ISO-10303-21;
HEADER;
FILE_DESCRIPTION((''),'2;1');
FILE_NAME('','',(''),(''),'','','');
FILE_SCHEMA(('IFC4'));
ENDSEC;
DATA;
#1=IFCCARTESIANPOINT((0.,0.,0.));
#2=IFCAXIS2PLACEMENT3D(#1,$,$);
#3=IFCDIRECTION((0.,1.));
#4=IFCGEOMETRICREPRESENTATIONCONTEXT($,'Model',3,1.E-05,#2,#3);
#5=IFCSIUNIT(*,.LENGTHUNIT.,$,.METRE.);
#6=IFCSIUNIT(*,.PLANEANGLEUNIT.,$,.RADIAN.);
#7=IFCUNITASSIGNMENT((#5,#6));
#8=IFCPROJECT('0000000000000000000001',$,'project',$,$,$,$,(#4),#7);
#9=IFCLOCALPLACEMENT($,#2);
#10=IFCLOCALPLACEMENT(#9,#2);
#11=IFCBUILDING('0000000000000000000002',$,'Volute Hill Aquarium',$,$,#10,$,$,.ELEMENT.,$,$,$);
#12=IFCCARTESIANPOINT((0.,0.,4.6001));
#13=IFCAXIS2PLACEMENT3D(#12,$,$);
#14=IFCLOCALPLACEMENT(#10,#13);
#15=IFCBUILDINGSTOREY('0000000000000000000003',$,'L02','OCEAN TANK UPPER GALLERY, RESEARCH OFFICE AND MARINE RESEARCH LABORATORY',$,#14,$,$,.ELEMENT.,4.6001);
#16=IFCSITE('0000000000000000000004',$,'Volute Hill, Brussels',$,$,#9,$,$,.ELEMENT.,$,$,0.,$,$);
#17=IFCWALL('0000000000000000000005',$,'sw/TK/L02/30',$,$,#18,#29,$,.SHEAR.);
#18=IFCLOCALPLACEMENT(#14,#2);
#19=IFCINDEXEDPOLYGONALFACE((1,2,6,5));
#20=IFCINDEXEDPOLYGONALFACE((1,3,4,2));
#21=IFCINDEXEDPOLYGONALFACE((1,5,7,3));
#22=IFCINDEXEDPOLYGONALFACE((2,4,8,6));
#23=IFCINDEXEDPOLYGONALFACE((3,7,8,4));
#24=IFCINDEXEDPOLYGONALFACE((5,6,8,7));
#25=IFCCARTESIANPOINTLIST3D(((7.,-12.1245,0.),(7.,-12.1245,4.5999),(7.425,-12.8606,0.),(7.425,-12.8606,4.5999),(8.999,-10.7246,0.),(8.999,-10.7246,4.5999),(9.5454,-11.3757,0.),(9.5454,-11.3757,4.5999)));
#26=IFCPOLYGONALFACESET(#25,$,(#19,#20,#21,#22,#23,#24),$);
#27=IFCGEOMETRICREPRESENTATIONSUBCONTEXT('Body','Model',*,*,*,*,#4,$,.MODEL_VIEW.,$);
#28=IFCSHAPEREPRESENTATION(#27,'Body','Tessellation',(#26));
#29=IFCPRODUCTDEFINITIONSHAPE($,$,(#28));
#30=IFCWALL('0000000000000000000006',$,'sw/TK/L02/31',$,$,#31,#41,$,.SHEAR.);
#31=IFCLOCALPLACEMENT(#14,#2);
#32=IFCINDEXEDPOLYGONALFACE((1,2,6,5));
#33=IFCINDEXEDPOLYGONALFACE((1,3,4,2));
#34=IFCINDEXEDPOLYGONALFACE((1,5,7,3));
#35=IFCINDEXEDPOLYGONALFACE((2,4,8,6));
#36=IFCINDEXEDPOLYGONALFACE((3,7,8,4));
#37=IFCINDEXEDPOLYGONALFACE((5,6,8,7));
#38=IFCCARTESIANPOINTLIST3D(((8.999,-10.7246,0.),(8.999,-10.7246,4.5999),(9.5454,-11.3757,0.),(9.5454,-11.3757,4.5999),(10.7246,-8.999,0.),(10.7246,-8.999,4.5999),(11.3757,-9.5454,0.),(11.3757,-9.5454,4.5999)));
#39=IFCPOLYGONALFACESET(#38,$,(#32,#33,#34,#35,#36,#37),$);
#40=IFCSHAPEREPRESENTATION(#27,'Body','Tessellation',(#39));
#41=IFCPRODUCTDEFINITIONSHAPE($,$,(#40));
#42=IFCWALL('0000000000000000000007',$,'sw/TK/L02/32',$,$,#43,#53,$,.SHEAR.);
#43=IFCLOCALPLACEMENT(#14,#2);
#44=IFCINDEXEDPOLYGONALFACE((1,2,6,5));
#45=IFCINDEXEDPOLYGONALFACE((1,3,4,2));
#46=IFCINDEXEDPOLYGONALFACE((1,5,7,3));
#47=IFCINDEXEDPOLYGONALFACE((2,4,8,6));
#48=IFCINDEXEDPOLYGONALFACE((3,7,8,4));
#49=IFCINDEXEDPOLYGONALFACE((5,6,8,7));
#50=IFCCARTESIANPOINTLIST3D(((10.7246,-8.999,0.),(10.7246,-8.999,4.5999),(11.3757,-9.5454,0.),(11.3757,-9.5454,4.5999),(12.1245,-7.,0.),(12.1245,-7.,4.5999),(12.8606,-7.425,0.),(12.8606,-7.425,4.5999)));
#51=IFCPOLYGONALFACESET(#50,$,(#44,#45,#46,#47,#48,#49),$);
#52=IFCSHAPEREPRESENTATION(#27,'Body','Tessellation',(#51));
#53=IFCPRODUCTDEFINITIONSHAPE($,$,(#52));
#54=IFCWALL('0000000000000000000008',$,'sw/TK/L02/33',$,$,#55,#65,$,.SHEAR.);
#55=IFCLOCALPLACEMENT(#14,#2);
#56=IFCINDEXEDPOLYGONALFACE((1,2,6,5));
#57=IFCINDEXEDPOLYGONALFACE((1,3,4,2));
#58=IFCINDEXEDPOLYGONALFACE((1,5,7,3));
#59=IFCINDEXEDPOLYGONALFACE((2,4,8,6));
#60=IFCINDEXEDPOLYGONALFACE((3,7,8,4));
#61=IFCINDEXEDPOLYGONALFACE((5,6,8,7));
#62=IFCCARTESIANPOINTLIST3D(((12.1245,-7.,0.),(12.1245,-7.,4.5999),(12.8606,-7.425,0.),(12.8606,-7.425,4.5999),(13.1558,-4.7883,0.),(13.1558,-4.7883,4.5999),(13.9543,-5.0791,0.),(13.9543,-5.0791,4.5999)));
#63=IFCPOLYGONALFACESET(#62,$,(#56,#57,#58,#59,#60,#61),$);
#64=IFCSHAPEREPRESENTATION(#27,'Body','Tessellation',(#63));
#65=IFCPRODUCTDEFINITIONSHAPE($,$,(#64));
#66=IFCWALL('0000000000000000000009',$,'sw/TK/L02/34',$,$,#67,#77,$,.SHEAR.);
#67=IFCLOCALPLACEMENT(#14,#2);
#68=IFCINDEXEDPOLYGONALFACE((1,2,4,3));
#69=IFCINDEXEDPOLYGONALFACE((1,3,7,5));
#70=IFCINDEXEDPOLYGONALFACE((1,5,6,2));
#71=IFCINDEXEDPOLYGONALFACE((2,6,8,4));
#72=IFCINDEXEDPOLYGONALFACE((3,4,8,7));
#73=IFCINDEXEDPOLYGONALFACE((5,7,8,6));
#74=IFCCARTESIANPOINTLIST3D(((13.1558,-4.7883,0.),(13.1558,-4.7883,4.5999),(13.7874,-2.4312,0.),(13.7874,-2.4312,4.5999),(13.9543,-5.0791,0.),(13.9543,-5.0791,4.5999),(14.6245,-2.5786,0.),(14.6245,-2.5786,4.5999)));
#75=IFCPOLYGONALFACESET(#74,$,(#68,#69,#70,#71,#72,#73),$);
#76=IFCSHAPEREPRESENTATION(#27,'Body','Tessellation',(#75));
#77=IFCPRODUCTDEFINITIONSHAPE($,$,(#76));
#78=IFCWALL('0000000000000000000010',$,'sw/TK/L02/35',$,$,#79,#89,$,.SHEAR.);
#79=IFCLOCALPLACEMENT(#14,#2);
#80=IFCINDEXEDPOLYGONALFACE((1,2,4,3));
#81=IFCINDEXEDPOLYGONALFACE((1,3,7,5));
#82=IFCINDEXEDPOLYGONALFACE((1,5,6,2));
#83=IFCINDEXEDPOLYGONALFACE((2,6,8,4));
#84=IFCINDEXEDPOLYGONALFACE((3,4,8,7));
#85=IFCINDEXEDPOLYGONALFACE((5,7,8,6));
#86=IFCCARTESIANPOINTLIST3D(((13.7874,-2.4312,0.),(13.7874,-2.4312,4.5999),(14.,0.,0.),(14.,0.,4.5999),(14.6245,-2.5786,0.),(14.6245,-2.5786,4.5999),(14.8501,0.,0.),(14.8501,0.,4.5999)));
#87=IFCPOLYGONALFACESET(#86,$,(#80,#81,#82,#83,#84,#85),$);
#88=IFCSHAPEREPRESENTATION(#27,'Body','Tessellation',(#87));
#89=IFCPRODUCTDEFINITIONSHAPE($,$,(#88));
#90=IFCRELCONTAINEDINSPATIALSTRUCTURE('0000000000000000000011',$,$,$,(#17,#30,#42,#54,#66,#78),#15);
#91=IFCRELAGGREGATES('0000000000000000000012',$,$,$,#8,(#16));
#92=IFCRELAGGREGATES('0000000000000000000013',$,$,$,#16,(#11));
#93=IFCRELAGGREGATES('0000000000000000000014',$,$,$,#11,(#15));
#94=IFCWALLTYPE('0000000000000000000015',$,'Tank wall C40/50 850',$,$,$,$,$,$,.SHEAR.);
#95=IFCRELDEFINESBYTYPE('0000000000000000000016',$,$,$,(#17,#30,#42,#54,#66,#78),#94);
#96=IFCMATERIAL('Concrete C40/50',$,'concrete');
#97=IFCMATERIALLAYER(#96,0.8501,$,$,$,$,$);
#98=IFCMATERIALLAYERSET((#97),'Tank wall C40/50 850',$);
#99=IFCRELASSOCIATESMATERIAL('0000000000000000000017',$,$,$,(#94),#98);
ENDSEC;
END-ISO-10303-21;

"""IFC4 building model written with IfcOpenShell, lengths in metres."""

from ifc_helpers import new_model, si_unit, direction, frame, origin, place, context, subcontext, project, spatial, polyline, outline, extrude, material, layer, layer_set, type_object, element, save


model = new_model("IFC4")

# Units and contexts
model_context = context("Model", 3, precision=1e-05, world=origin(), true_north=direction((0.0, 1.0)))
body_context = subcontext(model_context, "Body", "Model", "MODEL_VIEW")
ifc_project = project(units=[si_unit("LENGTHUNIT", "METRE"), si_unit("PLANEANGLEUNIT", "RADIAN")], contexts=[model_context])

# Site, building, storey
site_placement = place(None, origin())
site = spatial("IfcSite", under=ifc_project, at=site_placement, Name="Volute Hill, Brussels", CompositionType="ELEMENT", RefElevation=0.0)
building_placement = place(site_placement, origin())
building = spatial("IfcBuilding", under=site, at=building_placement, Name="Volute Hill Aquarium", CompositionType="ELEMENT")
storey_placement = place(building_placement, frame((0.0, 0.0, 4.6001)))
storey = spatial("IfcBuildingStorey", under=building, at=storey_placement, Name="L02", Description="OCEAN TANK UPPER GALLERY, RESEARCH OFFICE AND MARINE RESEARCH LABORATORY", CompositionType="ELEMENT", Elevation=4.6001)

# Walls
ifc_material_1 = material(Name="Concrete C40/50", Category="concrete")
ifc_layer_1 = layer(ifc_material_1, 0.8501)
ifc_layer_set_1 = layer_set([ifc_layer_1], Name="Tank wall C40/50 850")
wall_type = type_object("IfcWallType", Name="Tank wall C40/50 850", PredefinedType="SHEAR", material=ifc_layer_set_1)
wall_1_placement = place(storey_placement, origin())
element("IfcWall", 1, at=wall_1_placement, inside=storey, type_object=wall_type, Name="sw/TK/L02/30", PredefinedType="SHEAR", context=body_context, shape_type="SweptSolid", body=[
    extrude(outline(polyline([(7.0, -12.1245), (7.425, -12.8606), (9.5454, -11.3757), (8.999, -10.7246), (7.0, -12.1245)])), origin(), (0.0, 0.0, 1.0), 4.5999),
])
wall_2_placement = place(storey_placement, origin())
element("IfcWall", 2, at=wall_2_placement, inside=storey, type_object=wall_type, Name="sw/TK/L02/31", PredefinedType="SHEAR", context=body_context, shape_type="SweptSolid", body=[
    extrude(outline(polyline([(8.999, -10.7246), (9.5454, -11.3757), (11.3757, -9.5454), (10.7246, -8.999), (8.999, -10.7246)])), origin(), (0.0, 0.0, 1.0), 4.5999),
])
wall_3_placement = place(storey_placement, origin())
element("IfcWall", 3, at=wall_3_placement, inside=storey, type_object=wall_type, Name="sw/TK/L02/32", PredefinedType="SHEAR", context=body_context, shape_type="SweptSolid", body=[
    extrude(outline(polyline([(10.7246, -8.999), (11.3757, -9.5454), (12.8606, -7.425), (12.1245, -7.0), (10.7246, -8.999)])), origin(), (0.0, 0.0, 1.0), 4.5999),
])
wall_4_placement = place(storey_placement, origin())
element("IfcWall", 4, at=wall_4_placement, inside=storey, type_object=wall_type, Name="sw/TK/L02/33", PredefinedType="SHEAR", context=body_context, shape_type="SweptSolid", body=[
    extrude(outline(polyline([(12.1245, -7.0), (12.8606, -7.425), (13.9543, -5.0791), (13.1558, -4.7883), (12.1245, -7.0)])), origin(), (0.0, 0.0, 1.0), 4.5999),
])
wall_5_placement = place(storey_placement, origin())
element("IfcWall", 5, at=wall_5_placement, inside=storey, type_object=wall_type, Name="sw/TK/L02/34", PredefinedType="SHEAR", context=body_context, shape_type="SweptSolid", body=[
    extrude(outline(polyline([(13.1558, -4.7883), (13.9543, -5.0791), (14.6245, -2.5786), (13.7874, -2.4312), (13.1558, -4.7883)])), origin(), (0.0, 0.0, 1.0), 4.5999),
])
wall_6_placement = place(storey_placement, origin())
element("IfcWall", 6, at=wall_6_placement, inside=storey, type_object=wall_type, Name="sw/TK/L02/35", PredefinedType="SHEAR", context=body_context, shape_type="SweptSolid", body=[
    extrude(outline(polyline([(13.7874, -2.4312), (14.6245, -2.5786), (14.8501, 0.0), (14.0, 0.0), (13.7874, -2.4312)])), origin(), (0.0, 0.0, 1.0), 4.5999),
])

save(model, "model.ifc")
